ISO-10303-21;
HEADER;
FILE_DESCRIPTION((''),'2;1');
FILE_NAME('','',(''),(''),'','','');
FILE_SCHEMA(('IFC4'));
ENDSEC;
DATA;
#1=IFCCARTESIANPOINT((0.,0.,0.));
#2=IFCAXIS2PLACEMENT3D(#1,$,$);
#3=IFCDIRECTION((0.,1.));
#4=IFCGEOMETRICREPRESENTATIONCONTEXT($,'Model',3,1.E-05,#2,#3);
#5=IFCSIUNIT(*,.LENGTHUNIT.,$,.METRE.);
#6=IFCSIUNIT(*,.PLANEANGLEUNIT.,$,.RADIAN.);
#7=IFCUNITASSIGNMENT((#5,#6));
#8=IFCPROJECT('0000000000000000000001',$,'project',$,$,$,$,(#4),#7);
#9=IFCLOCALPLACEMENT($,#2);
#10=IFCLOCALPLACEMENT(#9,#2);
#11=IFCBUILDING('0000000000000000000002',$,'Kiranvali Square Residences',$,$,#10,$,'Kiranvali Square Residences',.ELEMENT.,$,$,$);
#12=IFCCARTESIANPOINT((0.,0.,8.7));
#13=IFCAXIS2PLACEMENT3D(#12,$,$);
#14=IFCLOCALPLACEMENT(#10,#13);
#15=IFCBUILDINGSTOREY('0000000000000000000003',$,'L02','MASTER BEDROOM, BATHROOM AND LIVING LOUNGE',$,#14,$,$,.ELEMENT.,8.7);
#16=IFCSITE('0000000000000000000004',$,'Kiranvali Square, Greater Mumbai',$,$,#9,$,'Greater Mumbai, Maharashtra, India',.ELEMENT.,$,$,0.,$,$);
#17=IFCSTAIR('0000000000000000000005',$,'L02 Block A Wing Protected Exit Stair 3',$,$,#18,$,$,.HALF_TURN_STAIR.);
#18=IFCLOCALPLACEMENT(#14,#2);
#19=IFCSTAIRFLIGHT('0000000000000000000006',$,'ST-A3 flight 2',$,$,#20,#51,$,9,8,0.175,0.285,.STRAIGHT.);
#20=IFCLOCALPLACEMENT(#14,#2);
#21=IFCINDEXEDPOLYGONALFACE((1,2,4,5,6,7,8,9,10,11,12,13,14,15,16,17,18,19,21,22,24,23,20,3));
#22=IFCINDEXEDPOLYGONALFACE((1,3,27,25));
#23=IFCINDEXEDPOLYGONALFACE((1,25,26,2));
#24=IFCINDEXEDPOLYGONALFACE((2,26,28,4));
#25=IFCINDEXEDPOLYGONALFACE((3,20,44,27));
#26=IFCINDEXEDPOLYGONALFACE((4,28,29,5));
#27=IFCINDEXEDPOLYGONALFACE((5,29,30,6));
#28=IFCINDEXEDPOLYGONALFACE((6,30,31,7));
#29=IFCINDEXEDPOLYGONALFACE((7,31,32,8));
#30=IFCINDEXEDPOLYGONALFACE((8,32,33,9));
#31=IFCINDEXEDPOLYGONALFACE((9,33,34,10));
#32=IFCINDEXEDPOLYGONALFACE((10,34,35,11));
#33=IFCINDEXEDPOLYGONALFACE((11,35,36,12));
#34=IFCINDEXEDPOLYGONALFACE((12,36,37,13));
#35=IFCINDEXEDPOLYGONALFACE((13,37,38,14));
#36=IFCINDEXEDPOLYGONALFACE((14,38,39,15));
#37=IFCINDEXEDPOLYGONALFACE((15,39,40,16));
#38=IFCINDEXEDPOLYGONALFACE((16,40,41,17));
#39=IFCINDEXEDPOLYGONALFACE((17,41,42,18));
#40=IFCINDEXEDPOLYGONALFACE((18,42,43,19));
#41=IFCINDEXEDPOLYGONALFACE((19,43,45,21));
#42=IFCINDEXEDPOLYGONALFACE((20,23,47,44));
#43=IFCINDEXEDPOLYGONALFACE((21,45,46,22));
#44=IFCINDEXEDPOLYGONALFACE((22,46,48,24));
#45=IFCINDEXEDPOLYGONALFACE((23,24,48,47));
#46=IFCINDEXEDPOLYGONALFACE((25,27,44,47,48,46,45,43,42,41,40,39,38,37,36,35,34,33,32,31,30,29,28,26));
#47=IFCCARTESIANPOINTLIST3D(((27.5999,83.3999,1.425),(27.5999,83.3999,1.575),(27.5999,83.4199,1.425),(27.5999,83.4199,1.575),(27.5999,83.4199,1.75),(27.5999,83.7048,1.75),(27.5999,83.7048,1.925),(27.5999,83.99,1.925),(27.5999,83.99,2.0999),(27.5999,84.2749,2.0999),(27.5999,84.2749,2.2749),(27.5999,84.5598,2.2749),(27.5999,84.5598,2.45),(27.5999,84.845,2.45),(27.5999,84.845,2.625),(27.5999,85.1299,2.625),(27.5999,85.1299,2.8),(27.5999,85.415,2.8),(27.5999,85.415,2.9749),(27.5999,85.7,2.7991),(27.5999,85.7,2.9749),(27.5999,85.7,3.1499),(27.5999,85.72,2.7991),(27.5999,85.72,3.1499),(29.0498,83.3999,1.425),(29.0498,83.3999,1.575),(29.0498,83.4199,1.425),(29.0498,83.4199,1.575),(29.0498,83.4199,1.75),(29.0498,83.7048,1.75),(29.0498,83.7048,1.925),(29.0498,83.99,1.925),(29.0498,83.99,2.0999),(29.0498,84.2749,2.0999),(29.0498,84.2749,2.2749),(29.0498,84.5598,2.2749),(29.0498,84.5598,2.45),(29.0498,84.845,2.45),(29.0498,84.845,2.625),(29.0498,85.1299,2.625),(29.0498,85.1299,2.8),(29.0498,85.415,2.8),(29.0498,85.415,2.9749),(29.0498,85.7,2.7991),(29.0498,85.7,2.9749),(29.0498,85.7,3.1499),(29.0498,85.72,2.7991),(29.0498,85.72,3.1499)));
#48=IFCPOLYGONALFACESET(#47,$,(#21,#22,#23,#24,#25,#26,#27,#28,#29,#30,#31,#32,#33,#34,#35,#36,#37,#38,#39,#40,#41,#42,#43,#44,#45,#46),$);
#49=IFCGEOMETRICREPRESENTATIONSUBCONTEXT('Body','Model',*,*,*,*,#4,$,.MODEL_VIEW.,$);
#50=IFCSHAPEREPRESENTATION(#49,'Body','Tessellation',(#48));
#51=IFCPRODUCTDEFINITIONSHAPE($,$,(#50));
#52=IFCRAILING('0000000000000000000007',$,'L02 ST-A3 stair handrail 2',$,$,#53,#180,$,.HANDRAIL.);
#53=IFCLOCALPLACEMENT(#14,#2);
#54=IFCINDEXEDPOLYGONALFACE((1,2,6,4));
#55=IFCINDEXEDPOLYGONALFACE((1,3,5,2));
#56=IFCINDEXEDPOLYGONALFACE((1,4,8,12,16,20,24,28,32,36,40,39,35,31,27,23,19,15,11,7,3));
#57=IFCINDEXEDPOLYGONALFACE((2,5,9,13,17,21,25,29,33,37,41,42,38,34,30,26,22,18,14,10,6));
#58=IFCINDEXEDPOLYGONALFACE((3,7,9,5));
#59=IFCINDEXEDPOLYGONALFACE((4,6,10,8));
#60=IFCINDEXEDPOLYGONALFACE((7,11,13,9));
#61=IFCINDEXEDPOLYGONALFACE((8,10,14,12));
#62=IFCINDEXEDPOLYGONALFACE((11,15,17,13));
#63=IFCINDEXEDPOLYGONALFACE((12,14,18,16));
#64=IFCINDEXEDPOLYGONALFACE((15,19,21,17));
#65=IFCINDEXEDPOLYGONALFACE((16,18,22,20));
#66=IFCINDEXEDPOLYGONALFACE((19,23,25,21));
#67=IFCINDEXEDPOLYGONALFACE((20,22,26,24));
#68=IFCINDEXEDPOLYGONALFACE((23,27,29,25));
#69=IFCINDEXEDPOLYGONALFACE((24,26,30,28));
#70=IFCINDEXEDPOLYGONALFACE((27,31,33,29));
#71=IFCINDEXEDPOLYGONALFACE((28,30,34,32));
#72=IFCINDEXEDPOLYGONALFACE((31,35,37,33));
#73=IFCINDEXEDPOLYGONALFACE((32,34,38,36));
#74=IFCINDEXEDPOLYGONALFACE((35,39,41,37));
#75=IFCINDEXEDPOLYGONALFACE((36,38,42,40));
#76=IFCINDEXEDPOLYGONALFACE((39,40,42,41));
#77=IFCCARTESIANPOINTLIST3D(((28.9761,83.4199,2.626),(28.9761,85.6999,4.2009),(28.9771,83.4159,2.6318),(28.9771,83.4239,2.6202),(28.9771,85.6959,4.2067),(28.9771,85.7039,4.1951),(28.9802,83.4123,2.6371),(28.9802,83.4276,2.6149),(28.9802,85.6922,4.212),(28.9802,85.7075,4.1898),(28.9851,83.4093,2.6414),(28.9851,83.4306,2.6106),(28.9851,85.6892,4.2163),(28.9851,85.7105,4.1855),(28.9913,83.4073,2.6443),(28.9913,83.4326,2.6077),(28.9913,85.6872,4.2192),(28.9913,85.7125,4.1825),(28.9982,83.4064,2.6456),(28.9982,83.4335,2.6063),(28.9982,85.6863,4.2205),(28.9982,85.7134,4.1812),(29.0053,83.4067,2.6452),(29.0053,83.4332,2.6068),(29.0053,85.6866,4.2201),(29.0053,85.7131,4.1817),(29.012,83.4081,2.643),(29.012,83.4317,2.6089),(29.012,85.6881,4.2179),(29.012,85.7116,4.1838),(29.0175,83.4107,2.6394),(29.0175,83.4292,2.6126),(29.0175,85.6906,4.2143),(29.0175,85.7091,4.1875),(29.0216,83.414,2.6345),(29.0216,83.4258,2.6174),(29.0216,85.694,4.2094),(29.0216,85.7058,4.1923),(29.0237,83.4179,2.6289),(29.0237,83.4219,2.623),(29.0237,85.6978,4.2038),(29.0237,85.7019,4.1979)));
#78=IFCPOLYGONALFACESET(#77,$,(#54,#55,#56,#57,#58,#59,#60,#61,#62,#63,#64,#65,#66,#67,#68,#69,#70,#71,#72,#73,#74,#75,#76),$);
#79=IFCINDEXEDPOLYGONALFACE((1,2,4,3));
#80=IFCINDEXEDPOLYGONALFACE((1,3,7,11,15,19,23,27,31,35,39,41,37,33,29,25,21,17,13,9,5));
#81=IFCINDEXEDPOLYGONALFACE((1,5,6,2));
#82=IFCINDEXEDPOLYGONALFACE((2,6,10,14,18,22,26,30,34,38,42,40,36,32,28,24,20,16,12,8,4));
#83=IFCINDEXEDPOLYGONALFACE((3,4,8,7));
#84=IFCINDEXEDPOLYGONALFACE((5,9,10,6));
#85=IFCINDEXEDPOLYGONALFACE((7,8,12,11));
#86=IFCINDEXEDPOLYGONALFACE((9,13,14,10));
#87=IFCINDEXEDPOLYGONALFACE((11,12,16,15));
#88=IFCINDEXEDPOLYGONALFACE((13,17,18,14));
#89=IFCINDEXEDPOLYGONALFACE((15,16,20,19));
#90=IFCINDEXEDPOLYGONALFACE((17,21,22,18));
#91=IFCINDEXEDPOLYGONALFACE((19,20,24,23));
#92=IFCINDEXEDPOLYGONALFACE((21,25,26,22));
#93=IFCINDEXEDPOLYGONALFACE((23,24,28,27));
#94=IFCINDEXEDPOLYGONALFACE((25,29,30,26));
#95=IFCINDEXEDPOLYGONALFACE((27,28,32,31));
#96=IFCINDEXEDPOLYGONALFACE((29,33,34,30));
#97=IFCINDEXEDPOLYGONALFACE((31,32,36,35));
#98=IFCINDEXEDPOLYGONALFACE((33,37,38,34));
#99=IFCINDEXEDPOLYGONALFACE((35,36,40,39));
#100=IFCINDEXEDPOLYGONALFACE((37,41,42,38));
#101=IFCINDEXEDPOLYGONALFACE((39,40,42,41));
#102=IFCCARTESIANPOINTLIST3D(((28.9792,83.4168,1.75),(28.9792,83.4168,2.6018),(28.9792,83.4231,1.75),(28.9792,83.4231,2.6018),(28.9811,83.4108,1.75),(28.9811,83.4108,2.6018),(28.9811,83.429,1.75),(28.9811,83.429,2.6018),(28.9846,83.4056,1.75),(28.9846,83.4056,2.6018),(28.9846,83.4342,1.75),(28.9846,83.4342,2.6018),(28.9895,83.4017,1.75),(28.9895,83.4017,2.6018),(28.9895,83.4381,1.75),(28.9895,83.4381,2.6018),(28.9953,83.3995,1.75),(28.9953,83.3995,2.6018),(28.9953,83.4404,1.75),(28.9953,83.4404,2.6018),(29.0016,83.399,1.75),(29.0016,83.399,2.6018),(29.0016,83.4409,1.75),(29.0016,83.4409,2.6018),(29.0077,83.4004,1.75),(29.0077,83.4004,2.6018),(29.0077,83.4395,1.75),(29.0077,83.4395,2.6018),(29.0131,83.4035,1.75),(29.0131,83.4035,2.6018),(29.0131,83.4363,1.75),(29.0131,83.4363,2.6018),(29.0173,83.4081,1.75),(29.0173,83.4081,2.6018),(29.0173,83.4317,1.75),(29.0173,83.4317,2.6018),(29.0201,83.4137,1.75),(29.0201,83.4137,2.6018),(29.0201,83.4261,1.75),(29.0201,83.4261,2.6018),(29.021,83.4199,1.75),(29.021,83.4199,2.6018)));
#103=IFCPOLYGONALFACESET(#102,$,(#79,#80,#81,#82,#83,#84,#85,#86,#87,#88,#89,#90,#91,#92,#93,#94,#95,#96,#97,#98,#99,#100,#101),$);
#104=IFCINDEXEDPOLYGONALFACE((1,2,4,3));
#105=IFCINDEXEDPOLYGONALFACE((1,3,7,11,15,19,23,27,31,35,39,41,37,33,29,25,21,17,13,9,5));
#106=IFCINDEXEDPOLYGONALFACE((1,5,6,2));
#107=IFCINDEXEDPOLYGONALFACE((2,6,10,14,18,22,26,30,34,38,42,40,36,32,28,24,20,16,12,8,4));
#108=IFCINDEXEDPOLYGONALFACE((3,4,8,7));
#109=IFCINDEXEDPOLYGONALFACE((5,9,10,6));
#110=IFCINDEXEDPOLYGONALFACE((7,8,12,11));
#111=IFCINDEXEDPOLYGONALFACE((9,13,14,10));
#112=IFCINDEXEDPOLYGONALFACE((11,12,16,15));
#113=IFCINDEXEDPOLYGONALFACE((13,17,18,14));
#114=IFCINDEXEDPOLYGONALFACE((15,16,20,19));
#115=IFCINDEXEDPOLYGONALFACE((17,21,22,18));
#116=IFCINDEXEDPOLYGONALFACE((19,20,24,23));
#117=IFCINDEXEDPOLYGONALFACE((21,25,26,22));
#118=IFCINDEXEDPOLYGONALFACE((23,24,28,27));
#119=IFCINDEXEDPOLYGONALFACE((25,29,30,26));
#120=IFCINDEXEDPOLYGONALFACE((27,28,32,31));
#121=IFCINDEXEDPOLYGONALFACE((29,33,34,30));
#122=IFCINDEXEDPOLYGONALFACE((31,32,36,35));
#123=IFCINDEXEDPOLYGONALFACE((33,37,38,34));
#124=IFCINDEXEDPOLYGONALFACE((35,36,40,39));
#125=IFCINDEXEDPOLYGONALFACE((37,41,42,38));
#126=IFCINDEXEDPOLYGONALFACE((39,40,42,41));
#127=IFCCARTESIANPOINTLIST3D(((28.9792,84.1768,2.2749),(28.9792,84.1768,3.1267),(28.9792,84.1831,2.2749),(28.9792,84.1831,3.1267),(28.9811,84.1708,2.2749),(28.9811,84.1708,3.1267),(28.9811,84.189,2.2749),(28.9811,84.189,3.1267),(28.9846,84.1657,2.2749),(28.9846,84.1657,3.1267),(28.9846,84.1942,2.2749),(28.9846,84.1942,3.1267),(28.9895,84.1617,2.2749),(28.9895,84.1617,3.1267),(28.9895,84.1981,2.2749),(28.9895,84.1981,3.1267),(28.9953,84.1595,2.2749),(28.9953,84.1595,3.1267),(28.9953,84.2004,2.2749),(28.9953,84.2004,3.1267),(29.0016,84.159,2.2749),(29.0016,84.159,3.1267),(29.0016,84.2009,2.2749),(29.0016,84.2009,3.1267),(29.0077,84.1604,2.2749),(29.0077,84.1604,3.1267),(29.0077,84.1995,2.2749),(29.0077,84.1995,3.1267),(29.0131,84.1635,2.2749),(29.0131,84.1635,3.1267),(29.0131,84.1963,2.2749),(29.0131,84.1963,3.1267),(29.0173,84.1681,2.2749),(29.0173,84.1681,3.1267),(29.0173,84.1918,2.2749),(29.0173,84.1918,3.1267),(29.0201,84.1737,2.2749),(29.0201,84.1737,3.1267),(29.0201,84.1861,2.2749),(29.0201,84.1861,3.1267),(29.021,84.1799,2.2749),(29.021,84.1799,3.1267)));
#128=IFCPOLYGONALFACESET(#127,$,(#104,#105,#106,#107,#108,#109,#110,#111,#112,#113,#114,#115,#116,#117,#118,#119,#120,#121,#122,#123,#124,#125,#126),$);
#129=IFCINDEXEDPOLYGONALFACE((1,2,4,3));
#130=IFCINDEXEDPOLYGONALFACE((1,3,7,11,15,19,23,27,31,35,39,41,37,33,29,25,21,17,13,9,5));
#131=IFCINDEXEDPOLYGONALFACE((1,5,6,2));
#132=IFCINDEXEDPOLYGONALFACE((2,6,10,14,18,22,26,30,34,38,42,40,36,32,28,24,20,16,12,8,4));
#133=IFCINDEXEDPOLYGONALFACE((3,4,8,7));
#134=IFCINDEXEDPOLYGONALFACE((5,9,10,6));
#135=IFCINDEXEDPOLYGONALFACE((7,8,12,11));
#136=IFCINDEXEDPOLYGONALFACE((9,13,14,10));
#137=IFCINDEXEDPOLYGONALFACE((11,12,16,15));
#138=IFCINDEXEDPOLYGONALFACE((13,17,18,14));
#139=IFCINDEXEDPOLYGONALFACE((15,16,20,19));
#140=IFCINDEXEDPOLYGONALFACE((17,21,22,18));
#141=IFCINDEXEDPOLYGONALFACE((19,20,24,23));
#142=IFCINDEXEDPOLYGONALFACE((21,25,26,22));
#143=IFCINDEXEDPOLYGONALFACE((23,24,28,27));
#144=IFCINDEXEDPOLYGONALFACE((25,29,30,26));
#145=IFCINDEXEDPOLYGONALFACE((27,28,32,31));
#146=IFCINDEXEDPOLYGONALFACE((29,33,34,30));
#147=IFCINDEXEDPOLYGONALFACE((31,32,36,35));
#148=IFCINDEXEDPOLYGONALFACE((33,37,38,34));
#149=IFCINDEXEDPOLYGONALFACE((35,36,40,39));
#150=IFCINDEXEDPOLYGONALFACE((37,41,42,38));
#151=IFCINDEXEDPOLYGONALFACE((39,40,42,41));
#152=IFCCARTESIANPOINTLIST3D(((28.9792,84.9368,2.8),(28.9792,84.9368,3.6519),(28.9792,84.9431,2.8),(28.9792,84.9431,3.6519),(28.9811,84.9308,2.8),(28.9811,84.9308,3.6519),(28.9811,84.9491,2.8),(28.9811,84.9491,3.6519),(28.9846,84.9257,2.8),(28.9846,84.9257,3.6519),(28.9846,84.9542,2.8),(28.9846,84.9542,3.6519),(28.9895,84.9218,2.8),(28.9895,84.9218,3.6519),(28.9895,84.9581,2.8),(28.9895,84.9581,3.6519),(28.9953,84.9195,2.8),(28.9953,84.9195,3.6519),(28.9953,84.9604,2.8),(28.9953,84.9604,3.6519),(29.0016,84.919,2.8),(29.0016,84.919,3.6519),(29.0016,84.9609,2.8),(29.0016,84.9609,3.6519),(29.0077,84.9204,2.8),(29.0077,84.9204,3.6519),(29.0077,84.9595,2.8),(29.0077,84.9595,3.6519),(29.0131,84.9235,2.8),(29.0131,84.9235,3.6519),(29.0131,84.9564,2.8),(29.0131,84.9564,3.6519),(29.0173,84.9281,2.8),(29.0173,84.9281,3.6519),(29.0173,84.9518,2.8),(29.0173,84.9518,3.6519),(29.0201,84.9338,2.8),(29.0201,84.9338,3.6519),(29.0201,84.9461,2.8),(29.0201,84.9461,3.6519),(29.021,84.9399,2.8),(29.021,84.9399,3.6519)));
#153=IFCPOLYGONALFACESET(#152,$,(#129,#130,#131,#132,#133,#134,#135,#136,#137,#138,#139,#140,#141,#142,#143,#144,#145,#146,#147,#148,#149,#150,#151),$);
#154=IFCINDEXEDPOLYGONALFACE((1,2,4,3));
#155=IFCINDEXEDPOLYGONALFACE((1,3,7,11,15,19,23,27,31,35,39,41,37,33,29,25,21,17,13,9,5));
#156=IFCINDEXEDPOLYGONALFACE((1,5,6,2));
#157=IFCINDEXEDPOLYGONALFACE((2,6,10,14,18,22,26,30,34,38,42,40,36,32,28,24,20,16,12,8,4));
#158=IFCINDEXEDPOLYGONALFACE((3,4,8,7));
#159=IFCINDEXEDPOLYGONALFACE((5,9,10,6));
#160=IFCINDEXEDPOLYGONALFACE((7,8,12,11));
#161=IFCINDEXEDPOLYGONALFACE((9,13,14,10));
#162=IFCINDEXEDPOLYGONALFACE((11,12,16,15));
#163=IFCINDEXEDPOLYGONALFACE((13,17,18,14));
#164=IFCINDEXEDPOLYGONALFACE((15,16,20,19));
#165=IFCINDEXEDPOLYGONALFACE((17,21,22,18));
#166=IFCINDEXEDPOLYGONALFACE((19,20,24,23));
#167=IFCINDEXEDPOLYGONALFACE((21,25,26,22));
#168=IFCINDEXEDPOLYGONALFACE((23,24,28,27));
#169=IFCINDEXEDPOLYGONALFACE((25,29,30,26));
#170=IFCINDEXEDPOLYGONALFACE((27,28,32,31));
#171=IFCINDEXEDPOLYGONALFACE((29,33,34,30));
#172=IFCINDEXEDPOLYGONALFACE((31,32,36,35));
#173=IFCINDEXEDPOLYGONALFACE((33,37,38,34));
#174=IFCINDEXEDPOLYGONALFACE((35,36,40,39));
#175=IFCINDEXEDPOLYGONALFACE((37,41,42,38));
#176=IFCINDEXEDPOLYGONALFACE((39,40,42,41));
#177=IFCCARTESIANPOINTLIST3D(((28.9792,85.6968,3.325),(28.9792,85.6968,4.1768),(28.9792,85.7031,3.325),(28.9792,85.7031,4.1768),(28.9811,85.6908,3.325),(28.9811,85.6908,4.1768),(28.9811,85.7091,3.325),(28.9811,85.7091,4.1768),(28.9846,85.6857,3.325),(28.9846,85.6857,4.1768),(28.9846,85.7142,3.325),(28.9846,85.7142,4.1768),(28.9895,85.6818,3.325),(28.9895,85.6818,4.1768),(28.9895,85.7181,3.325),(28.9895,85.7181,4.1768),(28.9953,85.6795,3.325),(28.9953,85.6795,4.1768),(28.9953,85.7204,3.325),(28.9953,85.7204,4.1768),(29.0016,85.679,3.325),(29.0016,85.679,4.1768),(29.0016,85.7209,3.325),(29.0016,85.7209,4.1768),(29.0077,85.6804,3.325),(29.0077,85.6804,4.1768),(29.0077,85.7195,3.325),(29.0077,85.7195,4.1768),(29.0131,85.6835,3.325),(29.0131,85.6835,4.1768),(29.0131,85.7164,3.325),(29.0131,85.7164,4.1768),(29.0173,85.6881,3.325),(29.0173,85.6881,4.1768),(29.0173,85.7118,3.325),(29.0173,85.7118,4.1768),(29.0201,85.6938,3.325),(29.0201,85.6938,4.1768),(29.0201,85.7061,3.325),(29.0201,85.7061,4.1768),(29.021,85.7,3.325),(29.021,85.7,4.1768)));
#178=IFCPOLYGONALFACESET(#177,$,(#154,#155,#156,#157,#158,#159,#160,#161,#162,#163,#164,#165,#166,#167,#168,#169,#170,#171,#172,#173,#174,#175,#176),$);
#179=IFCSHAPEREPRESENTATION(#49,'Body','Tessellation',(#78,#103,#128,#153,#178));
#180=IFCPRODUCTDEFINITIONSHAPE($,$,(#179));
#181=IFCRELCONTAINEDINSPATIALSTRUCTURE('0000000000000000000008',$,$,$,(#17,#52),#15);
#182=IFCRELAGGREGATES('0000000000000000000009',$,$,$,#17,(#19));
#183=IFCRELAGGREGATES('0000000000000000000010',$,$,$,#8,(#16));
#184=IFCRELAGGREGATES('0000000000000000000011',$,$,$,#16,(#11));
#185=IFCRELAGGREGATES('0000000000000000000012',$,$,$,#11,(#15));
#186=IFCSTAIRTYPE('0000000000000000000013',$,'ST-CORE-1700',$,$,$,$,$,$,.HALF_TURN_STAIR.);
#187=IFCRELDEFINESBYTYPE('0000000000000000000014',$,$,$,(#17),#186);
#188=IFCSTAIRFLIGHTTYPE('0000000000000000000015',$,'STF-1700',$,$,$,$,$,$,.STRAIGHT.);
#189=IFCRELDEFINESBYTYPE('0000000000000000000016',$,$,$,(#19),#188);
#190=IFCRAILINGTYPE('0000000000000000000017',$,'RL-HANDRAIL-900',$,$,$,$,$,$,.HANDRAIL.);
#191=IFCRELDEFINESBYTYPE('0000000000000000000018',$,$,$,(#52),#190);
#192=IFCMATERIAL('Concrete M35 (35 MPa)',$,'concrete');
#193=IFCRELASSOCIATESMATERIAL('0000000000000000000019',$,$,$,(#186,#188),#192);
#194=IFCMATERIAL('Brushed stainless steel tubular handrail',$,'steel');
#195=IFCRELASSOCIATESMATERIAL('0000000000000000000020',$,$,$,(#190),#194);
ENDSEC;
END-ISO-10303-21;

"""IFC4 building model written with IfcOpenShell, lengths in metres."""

from ifc_helpers import new_model, si_unit, direction, frame, origin, origin_2d, place, context, subcontext, project, spatial, polyline, circle, outline, extrude, material, type_object, element, aggregate, save


model = new_model("IFC4")

# Units and contexts
model_context = context("Model", 3, precision=1e-05, world=origin(), true_north=direction((0.0, 1.0)))
body_context = subcontext(model_context, "Body", "Model", "MODEL_VIEW")
ifc_project = project(units=[si_unit("LENGTHUNIT", "METRE"), si_unit("PLANEANGLEUNIT", "RADIAN")], contexts=[model_context])

# Site, building, storey
site_placement = place(None, origin())
site = spatial("IfcSite", under=ifc_project, at=site_placement, Name="Kiranvali Square, Greater Mumbai", LongName="Greater Mumbai, Maharashtra, India", CompositionType="ELEMENT", RefElevation=0.0)
building_placement = place(site_placement, origin())
building = spatial("IfcBuilding", under=site, at=building_placement, Name="Kiranvali Square Residences", LongName="Kiranvali Square Residences", CompositionType="ELEMENT")
storey_placement = place(building_placement, frame((0.0, 0.0, 8.7)))
storey = spatial("IfcBuildingStorey", under=building, at=storey_placement, Name="L02", Description="MASTER BEDROOM, BATHROOM AND LIVING LOUNGE", CompositionType="ELEMENT", Elevation=8.7)

# Stair, stair flight
ifc_material_1 = material(Name="Concrete M35 (35 MPa)", Category="concrete")
stair_type = type_object("IfcStairType", Name="ST-CORE-1700", PredefinedType="HALF_TURN_STAIR", material=ifc_material_1)
stair_placement = place(storey_placement, origin())
stair = element("IfcStair", 1, at=stair_placement, inside=storey, type_object=stair_type, Name="L02 Block A Wing Protected Exit Stair 3", PredefinedType="HALF_TURN_STAIR")
stair_flight_type = type_object("IfcStairFlightType", Name="STF-1700", PredefinedType="STRAIGHT", material=ifc_material_1)
stair_flight_placement = place(storey_placement, frame((28.325, 83.4199, 1.575), z_axis=(0.0, 0.0, 1.0), x_axis=(0.0, 1.0, 0.0)))
stair_flight = element("IfcStairFlight", 2, at=stair_flight_placement, type_object=stair_flight_type, Name="ST-A3 flight 2", NumberOfRisers=9, NumberOfTreads=8, PredefinedType="STRAIGHT", RiserHeight=0.175, TreadLength=0.285, context=body_context, shape_type="SweptSolid", body=[
    extrude(outline(polyline([(-0.02, -0.1499), (-0.02, 0.0), (0.0, 0.0), (0.0, 0.175), (0.2849, 0.175), (0.2849, 0.3501), (0.5701, 0.3501), (0.5701, 0.5249), (0.855, 0.5249), (0.855, 0.7), (1.1399, 0.7), (1.1399, 0.875), (1.425, 0.875), (1.425, 1.05), (1.71, 1.05), (1.71, 1.2251), (1.9951, 1.2251), (1.9951, 1.3999), (2.28, 1.3999), (2.28, 1.575), (2.3, 1.575), (2.3, 1.2241), (2.28, 1.2241), (0.0, -0.1499), (-0.02, -0.1499)])), frame((0.0, 0.7251, 0.0), z_axis=(0.0, -1.0, 0.0), x_axis=(1.0, 0.0, 0.0)), (0.0, 0.0, 1.0), 1.45),
])
aggregate(stair, [stair_flight])

# Railing
ifc_material_2 = material(Name="Brushed stainless steel tubular handrail", Category="steel")
railing_type = type_object("IfcRailingType", Name="RL-HANDRAIL-900", PredefinedType="HANDRAIL", material=ifc_material_2)
railing_placement = place(storey_placement, frame((29.0, 83.4199, 1.75)))
element("IfcRailing", 3, at=railing_placement, inside=storey, type_object=railing_type, Name="L02 ST-A3 stair handrail 2", PredefinedType="HANDRAIL", context=body_context, shape_type="SweptSolid", body=[
    extrude(circle(Radius=0.0239, at=origin_2d()), frame((0.0, 0.0, 0.876), z_axis=(0.0, 0.822788, 0.568348), x_axis=(-1.0, 0.0, 0.0)), (0.0, 0.0, 1.0), 2.771),
    extrude(circle(Radius=0.021, at=origin_2d()), origin(), (0.0, 0.0, 1.0), 0.8518),
    extrude(circle(Radius=0.021, at=origin_2d()), frame((0.0, 0.76, 0.5249)), (0.0, 0.0, 1.0), 0.8518),
    extrude(circle(Radius=0.021, at=origin_2d()), frame((0.0, 1.52, 1.05)), (0.0, 0.0, 1.0), 0.8518),
    extrude(circle(Radius=0.021, at=origin_2d()), frame((0.0, 2.28, 1.575)), (0.0, 0.0, 1.0), 0.8518),
])

save(model, "model.ifc")
